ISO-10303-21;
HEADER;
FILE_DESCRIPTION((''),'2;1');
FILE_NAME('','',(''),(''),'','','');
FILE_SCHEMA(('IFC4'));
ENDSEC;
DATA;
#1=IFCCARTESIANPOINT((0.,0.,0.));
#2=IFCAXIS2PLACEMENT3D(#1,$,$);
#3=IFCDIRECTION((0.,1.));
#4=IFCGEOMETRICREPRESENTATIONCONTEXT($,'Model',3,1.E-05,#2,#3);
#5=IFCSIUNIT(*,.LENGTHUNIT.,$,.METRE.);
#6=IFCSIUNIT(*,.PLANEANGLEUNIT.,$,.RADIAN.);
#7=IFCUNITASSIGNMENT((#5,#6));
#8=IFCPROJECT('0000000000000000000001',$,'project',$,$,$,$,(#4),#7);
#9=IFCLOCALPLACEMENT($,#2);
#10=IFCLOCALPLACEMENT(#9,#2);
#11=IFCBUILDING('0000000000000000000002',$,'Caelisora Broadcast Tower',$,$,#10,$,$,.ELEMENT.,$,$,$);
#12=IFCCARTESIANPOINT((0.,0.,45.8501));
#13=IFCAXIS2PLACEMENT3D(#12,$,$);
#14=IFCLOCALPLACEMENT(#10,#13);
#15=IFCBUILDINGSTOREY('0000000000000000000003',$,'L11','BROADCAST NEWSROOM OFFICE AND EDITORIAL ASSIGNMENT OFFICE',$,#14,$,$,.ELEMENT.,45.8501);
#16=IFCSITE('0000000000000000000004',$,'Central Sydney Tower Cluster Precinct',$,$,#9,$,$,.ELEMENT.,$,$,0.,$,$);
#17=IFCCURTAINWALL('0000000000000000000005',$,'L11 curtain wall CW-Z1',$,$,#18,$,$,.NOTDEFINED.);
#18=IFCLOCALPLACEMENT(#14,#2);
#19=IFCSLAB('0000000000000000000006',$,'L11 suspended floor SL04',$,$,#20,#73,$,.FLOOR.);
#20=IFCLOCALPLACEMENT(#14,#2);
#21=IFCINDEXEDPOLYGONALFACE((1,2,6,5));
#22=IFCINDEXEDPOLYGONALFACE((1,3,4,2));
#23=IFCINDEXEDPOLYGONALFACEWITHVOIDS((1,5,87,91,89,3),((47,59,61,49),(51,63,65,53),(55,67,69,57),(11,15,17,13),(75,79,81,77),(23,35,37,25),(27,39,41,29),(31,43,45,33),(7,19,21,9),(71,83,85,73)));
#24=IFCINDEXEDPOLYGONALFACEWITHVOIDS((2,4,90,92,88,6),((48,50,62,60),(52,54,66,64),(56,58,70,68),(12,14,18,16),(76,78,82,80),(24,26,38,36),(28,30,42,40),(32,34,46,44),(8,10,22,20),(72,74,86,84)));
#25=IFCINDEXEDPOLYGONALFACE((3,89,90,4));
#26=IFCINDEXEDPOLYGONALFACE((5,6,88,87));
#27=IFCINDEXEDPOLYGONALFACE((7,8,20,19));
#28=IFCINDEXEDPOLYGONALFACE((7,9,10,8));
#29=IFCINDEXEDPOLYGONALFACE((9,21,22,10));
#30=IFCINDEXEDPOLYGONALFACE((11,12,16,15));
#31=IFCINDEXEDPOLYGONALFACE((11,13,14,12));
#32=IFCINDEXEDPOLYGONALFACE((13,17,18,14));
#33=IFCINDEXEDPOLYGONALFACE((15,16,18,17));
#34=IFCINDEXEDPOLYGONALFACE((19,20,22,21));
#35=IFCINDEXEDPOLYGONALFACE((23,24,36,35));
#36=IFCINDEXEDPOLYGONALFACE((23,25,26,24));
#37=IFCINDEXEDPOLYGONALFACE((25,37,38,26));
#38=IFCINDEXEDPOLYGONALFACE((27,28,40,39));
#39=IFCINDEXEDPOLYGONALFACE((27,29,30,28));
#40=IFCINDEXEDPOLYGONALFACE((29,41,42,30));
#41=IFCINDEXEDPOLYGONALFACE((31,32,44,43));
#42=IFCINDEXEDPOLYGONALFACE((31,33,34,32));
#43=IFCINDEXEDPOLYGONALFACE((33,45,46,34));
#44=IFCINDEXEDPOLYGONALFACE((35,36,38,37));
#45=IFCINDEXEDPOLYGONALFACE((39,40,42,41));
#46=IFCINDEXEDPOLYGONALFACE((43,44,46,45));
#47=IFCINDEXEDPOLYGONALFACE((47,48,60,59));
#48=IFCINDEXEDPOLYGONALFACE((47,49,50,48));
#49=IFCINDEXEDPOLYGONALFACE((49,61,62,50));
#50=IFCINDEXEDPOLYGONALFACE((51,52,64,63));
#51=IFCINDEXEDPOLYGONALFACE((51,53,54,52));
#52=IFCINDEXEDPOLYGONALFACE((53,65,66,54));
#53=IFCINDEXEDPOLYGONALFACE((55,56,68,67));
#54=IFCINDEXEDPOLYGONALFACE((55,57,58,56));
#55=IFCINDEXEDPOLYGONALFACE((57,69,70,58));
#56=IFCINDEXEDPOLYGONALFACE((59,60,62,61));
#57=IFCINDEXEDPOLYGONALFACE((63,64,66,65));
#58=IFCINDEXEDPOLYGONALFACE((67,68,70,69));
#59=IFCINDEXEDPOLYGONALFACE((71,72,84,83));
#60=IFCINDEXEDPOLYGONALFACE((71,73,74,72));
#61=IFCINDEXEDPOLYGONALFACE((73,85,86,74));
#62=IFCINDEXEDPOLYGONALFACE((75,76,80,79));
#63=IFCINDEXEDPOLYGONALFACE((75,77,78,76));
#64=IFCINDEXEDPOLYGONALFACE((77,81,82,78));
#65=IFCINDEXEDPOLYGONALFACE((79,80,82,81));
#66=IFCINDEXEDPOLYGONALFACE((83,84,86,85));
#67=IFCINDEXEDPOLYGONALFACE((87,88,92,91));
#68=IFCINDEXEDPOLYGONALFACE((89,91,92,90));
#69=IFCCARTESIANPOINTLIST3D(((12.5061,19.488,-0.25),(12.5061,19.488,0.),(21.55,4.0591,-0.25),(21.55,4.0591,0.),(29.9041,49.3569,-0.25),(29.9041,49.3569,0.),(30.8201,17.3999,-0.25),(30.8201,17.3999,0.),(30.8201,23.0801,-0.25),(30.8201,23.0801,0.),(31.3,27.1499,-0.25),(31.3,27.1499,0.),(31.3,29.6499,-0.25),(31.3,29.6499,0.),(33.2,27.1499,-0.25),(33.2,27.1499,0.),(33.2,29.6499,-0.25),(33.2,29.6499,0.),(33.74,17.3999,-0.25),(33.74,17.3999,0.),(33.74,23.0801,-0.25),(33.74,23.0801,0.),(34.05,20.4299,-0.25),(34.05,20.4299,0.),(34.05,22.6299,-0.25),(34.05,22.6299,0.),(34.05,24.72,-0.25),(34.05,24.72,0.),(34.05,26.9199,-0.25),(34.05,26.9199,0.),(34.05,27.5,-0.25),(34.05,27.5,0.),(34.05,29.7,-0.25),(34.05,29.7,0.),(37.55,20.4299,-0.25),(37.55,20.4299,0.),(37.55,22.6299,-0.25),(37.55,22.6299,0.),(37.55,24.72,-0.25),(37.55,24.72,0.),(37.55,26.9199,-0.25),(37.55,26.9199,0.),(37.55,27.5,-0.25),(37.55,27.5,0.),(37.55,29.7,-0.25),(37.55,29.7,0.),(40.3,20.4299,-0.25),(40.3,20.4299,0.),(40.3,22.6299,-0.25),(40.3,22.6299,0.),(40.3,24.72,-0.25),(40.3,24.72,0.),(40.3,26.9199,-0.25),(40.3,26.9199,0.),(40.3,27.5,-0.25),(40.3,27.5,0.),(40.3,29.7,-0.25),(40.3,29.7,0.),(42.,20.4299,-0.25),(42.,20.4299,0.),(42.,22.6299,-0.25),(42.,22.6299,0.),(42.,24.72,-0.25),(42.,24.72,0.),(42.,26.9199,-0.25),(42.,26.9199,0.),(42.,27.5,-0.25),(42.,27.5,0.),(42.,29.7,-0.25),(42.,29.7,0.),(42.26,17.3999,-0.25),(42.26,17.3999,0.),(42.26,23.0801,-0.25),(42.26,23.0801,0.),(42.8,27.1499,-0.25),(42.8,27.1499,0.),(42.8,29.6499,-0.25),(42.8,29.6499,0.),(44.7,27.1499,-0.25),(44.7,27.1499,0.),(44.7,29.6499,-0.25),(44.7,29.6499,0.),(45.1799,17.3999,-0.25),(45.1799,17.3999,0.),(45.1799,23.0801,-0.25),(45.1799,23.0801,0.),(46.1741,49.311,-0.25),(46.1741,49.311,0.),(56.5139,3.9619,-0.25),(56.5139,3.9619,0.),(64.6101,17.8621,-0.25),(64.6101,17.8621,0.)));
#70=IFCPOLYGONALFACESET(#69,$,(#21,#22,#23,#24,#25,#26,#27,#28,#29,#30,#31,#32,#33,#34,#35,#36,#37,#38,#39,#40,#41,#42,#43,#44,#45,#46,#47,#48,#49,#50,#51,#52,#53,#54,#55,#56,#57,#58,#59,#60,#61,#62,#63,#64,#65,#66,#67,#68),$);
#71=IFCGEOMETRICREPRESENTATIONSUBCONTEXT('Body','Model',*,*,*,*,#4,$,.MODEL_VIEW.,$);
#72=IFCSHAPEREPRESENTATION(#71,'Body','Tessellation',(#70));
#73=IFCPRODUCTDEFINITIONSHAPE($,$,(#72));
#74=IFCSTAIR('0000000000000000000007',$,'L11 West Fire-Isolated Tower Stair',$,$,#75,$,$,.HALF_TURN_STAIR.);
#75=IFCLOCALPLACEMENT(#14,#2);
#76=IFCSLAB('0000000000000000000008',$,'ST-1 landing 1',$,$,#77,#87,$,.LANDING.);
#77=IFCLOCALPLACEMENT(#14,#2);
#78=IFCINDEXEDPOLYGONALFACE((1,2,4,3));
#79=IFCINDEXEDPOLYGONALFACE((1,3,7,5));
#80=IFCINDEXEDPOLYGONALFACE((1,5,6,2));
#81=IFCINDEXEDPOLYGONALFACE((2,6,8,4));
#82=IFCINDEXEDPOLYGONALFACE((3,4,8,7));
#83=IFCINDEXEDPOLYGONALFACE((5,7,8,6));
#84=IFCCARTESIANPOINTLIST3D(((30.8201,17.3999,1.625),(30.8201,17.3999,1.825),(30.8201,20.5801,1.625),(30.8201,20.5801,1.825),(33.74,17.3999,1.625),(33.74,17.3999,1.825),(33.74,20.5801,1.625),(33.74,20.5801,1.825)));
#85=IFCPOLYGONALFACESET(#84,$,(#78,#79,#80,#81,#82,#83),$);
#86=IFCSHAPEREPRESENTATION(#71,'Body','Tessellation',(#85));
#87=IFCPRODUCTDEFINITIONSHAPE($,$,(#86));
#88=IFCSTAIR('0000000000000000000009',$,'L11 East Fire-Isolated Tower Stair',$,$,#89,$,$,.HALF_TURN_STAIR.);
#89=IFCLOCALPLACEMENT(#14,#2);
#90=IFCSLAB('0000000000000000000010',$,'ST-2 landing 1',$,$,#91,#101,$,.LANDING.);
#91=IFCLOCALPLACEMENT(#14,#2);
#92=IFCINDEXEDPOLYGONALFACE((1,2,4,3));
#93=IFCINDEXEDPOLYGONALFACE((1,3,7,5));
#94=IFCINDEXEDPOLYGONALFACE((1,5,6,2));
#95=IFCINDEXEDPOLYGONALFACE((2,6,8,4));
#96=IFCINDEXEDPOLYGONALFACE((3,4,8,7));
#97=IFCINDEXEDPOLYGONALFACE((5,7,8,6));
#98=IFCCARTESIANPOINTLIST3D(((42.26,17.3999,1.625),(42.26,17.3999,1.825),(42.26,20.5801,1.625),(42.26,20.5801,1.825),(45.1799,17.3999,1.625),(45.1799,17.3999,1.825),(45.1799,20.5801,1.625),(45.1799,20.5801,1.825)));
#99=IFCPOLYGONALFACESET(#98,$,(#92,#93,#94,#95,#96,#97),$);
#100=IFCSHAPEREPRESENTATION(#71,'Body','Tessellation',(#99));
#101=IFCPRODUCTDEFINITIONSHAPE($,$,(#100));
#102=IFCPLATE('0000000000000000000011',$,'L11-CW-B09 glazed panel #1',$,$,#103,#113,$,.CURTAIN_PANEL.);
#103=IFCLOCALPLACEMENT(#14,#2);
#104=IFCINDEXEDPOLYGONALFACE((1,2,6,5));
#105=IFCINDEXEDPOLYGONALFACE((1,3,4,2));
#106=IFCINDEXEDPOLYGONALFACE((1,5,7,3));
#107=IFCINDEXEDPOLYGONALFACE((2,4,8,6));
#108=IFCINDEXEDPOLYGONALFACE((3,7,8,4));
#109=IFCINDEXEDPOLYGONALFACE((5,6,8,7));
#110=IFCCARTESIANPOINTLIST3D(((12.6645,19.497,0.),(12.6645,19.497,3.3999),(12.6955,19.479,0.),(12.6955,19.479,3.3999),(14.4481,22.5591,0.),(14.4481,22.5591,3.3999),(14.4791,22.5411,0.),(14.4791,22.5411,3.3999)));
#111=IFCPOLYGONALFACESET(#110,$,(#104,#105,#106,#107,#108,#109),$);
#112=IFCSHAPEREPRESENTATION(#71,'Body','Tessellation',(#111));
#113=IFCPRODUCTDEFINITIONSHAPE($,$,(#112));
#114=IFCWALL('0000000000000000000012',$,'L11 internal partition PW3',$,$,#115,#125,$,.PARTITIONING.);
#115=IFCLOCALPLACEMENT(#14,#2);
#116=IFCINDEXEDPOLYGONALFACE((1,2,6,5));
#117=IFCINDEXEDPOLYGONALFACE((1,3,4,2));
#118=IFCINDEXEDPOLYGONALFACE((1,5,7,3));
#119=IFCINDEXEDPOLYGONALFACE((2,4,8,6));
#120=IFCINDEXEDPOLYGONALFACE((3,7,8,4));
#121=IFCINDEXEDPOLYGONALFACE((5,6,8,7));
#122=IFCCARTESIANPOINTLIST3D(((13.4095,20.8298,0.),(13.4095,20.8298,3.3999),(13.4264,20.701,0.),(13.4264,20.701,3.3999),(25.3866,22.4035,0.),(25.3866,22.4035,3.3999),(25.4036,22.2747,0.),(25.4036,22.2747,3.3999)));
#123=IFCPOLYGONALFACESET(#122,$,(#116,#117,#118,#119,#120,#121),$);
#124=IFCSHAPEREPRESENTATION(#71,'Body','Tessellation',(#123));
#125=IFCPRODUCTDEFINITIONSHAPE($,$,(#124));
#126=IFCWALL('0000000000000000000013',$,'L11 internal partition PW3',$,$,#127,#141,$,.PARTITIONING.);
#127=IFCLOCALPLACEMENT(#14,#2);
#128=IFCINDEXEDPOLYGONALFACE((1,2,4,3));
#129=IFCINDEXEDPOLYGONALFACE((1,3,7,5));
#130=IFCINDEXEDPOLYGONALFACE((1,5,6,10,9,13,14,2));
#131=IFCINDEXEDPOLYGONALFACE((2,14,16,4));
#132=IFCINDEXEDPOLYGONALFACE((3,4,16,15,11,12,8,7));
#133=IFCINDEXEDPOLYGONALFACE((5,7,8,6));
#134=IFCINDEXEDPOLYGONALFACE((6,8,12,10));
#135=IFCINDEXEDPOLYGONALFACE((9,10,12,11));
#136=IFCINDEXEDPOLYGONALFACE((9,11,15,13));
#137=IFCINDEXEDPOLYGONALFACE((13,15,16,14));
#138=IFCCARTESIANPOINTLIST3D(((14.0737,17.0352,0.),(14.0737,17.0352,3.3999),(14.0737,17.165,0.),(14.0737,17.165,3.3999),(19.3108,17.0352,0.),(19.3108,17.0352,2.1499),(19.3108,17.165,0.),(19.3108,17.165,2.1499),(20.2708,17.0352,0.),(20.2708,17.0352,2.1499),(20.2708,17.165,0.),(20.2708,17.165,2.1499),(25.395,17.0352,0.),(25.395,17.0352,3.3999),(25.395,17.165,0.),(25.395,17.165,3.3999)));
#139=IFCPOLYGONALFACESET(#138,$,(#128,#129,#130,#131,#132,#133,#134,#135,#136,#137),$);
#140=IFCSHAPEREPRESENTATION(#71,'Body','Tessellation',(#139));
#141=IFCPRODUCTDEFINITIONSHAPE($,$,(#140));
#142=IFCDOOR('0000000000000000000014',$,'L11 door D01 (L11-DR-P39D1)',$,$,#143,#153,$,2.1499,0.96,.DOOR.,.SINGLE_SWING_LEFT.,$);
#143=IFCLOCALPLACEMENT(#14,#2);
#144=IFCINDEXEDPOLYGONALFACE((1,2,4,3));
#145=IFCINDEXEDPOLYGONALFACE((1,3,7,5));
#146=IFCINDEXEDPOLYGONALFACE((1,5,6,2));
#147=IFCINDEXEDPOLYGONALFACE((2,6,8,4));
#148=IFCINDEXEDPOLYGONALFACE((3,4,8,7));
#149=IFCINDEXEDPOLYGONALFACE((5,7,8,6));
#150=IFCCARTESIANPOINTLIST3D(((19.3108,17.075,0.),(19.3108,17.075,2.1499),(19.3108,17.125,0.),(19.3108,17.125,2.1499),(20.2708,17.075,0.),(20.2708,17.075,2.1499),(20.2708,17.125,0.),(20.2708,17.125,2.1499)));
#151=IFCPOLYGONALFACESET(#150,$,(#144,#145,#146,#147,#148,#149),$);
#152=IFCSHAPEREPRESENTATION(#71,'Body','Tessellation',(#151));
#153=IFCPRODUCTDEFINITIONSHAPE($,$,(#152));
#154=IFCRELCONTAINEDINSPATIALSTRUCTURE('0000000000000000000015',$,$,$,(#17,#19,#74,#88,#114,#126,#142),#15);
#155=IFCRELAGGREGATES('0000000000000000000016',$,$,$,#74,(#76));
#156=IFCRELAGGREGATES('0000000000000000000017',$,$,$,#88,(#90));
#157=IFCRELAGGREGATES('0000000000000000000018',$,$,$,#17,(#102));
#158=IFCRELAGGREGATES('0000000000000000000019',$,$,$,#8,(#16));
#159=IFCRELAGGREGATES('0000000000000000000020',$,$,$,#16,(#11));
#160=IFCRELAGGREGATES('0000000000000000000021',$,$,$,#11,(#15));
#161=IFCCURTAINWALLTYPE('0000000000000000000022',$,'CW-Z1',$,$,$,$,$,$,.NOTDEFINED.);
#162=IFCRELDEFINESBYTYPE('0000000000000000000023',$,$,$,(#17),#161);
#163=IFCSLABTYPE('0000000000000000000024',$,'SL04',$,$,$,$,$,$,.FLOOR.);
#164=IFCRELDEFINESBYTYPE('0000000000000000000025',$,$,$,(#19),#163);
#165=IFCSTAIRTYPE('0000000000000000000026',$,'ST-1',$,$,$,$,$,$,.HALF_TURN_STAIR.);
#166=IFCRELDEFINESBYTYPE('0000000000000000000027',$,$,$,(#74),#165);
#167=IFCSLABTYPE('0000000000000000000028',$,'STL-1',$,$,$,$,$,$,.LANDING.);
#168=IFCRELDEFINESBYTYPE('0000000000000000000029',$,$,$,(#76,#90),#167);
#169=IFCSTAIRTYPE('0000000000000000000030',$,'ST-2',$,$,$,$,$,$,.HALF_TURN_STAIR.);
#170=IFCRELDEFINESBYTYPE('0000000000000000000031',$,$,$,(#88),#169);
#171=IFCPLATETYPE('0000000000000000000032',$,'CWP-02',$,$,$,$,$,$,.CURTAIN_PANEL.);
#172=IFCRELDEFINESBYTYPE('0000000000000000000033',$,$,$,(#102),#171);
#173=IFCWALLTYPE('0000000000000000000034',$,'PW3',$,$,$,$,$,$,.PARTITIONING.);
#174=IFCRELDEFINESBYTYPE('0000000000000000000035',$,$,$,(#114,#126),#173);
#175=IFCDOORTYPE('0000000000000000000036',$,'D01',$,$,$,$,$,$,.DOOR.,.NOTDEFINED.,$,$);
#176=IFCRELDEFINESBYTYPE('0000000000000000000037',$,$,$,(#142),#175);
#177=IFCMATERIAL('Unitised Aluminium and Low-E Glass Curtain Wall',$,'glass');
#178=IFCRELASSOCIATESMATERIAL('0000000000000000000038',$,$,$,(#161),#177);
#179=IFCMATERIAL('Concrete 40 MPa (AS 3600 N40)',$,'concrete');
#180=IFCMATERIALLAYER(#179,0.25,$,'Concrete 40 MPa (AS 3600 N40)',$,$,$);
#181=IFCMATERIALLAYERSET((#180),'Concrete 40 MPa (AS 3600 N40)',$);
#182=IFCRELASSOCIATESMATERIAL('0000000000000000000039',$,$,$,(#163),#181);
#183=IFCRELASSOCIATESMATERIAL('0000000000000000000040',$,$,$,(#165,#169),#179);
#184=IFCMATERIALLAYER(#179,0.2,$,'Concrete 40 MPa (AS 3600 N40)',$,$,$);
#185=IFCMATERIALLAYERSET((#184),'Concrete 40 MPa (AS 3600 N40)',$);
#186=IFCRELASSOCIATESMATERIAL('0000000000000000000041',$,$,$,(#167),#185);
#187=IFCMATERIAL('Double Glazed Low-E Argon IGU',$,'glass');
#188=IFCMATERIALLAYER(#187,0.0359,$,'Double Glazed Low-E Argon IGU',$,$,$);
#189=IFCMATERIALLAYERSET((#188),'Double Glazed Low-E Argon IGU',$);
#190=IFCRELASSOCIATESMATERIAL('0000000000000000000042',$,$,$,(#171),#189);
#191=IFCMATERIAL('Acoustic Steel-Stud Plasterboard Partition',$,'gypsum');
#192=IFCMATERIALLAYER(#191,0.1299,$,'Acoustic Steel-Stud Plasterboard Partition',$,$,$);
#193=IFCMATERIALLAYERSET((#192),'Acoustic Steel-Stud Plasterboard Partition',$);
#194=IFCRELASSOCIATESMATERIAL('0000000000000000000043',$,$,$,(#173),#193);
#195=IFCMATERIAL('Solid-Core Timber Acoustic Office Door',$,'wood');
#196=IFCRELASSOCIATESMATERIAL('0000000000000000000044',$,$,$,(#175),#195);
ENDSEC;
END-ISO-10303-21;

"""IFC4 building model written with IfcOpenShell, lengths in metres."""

from ifc_helpers import new_model, si_unit, direction, frame, frame_2d, origin, origin_2d, place, context, subcontext, project, spatial, polyline, rectangle, outline, extrude, source, transform, mapped, material, layer, layer_set, type_object, type_shapes, element, fill, aggregate, save


model = new_model("IFC4")

# Units and contexts
model_context = context("Model", 3, precision=1e-05, world=origin(), true_north=direction((0.0, 1.0)))
body_context = subcontext(model_context, "Body", "Model", "MODEL_VIEW")
ifc_project = project(units=[si_unit("LENGTHUNIT", "METRE"), si_unit("PLANEANGLEUNIT", "RADIAN")], contexts=[model_context])

# Site, building, storey
site_placement = place(None, origin())
site = spatial("IfcSite", under=ifc_project, at=site_placement, Name="Central Sydney Tower Cluster Precinct", CompositionType="ELEMENT", RefElevation=0.0)
building_placement = place(site_placement, origin())
building = spatial("IfcBuilding", under=site, at=building_placement, Name="Caelisora Broadcast Tower", CompositionType="ELEMENT")
storey_placement = place(building_placement, frame((0.0, 0.0, 45.8501)))
storey = spatial("IfcBuildingStorey", under=building, at=storey_placement, Name="L11", Description="BROADCAST NEWSROOM OFFICE AND EDITORIAL ASSIGNMENT OFFICE", CompositionType="ELEMENT", Elevation=45.8501)

# Curtain wall
ifc_material_1 = material(Name="Unitised Aluminium and Low-E Glass Curtain Wall", Category="glass")
curtain_wall_type = type_object("IfcCurtainWallType", Name="CW-Z1", PredefinedType="NOTDEFINED", material=ifc_material_1)
curtain_wall_placement = place(storey_placement, origin())
curtain_wall = element("IfcCurtainWall", 1, at=curtain_wall_placement, inside=storey, type_object=curtain_wall_type, Name="L11 curtain wall CW-Z1", PredefinedType="NOTDEFINED")

# Slab
ifc_material_2 = material(Name="Concrete 40 MPa (AS 3600 N40)", Category="concrete")
ifc_layer_1 = layer(ifc_material_2, 0.25, Name="Concrete 40 MPa (AS 3600 N40)")
ifc_layer_set_1 = layer_set([ifc_layer_1], Name="Concrete 40 MPa (AS 3600 N40)")
slab_type_1 = type_object("IfcSlabType", Name="SL04", PredefinedType="FLOOR", material=ifc_layer_set_1)
slab_1_placement = place(storey_placement, frame((0.0, 0.0, -0.25)))
element("IfcSlab", 2, at=slab_1_placement, inside=storey, type_object=slab_type_1, Name="L11 suspended floor SL04", PredefinedType="FLOOR", context=body_context, shape_type="SweptSolid", body=[
    extrude(outline(polyline([(46.1741, 49.311), (29.9041, 49.3569), (12.5061, 19.488), (21.55, 4.0591), (56.5139, 3.9619), (64.6101, 17.8621), (46.1741, 49.311)]), holes=[polyline([(30.8201, 17.3999), (33.74, 17.3999), (33.74, 23.0801), (30.8201, 23.0801), (30.8201, 17.3999)]), polyline([(42.26, 17.3999), (45.1799, 17.3999), (45.1799, 23.0801), (42.26, 23.0801), (42.26, 17.3999)]), polyline([(42.8, 27.1499), (44.7, 27.1499), (44.7, 29.6499), (42.8, 29.6499), (42.8, 27.1499)]), polyline([(40.3, 20.4299), (42.0, 20.4299), (42.0, 22.6299), (40.3, 22.6299), (40.3, 20.4299)]), polyline([(40.3, 24.72), (42.0, 24.72), (42.0, 26.9199), (40.3, 26.9199), (40.3, 24.72)]), polyline([(40.3, 27.5), (42.0, 27.5), (42.0, 29.7), (40.3, 29.7), (40.3, 27.5)]), polyline([(34.05, 20.4299), (37.55, 20.4299), (37.55, 22.6299), (34.05, 22.6299), (34.05, 20.4299)]), polyline([(34.05, 24.72), (37.55, 24.72), (37.55, 26.9199), (34.05, 26.9199), (34.05, 24.72)]), polyline([(34.05, 27.5), (37.55, 27.5), (37.55, 29.7), (34.05, 29.7), (34.05, 27.5)]), polyline([(31.3, 27.1499), (33.2, 27.1499), (33.2, 29.6499), (31.3, 29.6499), (31.3, 27.1499)])]), origin(), (0.0, 0.0, 1.0), 0.25),
])

# Stairs, slabs
stair_type_1 = type_object("IfcStairType", Name="ST-1", PredefinedType="HALF_TURN_STAIR", material=ifc_material_2)
stair_1_placement = place(storey_placement, origin())
stair_1 = element("IfcStair", 3, at=stair_1_placement, inside=storey, type_object=stair_type_1, Name="L11 West Fire-Isolated Tower Stair", PredefinedType="HALF_TURN_STAIR")
ifc_layer_2 = layer(ifc_material_2, 0.2, Name="Concrete 40 MPa (AS 3600 N40)")
ifc_layer_set_2 = layer_set([ifc_layer_2], Name="Concrete 40 MPa (AS 3600 N40)")
slab_type_2 = type_object("IfcSlabType", Name="STL-1", PredefinedType="LANDING", material=ifc_layer_set_2)
slab_2_placement = place(storey_placement, frame((0.0, 0.0, 1.625)))
slab_2 = element("IfcSlab", 4, at=slab_2_placement, type_object=slab_type_2, Name="ST-1 landing 1", PredefinedType="LANDING", context=body_context, shape_type="SweptSolid", body=[
    extrude(outline(polyline([(30.8201, 20.5801), (30.8201, 17.3999), (33.74, 17.3999), (33.74, 20.5801), (30.8201, 20.5801)])), origin(), (0.0, 0.0, 1.0), 0.2),
])
aggregate(stair_1, [slab_2])
stair_type_2 = type_object("IfcStairType", Name="ST-2", PredefinedType="HALF_TURN_STAIR", material=ifc_material_2)
stair_2_placement = place(storey_placement, origin())
stair_2 = element("IfcStair", 5, at=stair_2_placement, inside=storey, type_object=stair_type_2, Name="L11 East Fire-Isolated Tower Stair", PredefinedType="HALF_TURN_STAIR")
slab_3_placement = place(storey_placement, frame((0.0, 0.0, 1.625)))
slab_3 = element("IfcSlab", 6, at=slab_3_placement, type_object=slab_type_2, Name="ST-2 landing 1", PredefinedType="LANDING", context=body_context, shape_type="SweptSolid", body=[
    extrude(outline(polyline([(42.26, 20.5801), (42.26, 17.3999), (45.1799, 17.3999), (45.1799, 20.5801), (42.26, 20.5801)])), origin(), (0.0, 0.0, 1.0), 0.2),
])
aggregate(stair_2, [slab_3])

# Plate
ifc_material_3 = material(Name="Double Glazed Low-E Argon IGU", Category="glass")
ifc_layer_3 = layer(ifc_material_3, 0.0359, Name="Double Glazed Low-E Argon IGU")
ifc_layer_set_3 = layer_set([ifc_layer_3], Name="Double Glazed Low-E Argon IGU")
plate_type = type_object("IfcPlateType", Name="CWP-02", PredefinedType="CURTAIN_PANEL", material=ifc_layer_set_3)
shared_shape_1 = source(origin(), body_context, "Body", "SweptSolid", [
    extrude(rectangle(XDim=3.5437, YDim=0.0359, at=origin_2d()), origin(), (0.0, 0.0, 1.0), 3.3999),
])
type_shapes(plate_type, [shared_shape_1])
plate_placement = place(storey_placement, frame((13.5718, 21.019, 0.0), z_axis=(0.0, 0.0, 1.0), x_axis=(0.503322, 0.864099, 0.0)))
plate = element("IfcPlate", 7, at=plate_placement, type_object=plate_type, Name="L11-CW-B09 glazed panel #1", PredefinedType="CURTAIN_PANEL", context=body_context, shape_type="MappedRepresentation", body=[
    mapped(shared_shape_1, transform((0.0, 0.0, 0.0), scale=1.0)),
])
aggregate(curtain_wall, [plate])

# Wall
ifc_material_4 = material(Name="Acoustic Steel-Stud Plasterboard Partition", Category="gypsum")
ifc_layer_4 = layer(ifc_material_4, 0.1299, Name="Acoustic Steel-Stud Plasterboard Partition")
ifc_layer_set_4 = layer_set([ifc_layer_4], Name="Acoustic Steel-Stud Plasterboard Partition")
wall_type = type_object("IfcWallType", Name="PW3", PredefinedType="PARTITIONING", material=ifc_layer_set_4)
wall_1_placement = place(storey_placement, frame((13.418, 20.7654, 0.0), z_axis=(0.0, 0.0, 1.0), x_axis=(0.991478, 0.130276, 0.0)))
element("IfcWall", 8, at=wall_1_placement, inside=storey, type_object=wall_type, Name="L11 internal partition PW3", PredefinedType="PARTITIONING", context=body_context, shape_type="SweptSolid", body=[
    extrude(rectangle(XDim=12.0801, YDim=0.1299, at=frame_2d((6.04, 0.0))), origin(), (0.0, 0.0, 1.0), 3.3999),
])

# Wall, opening, door
wall_2_placement = place(storey_placement, frame((14.0737, 17.1001, 0.0), z_axis=(0.0, 0.0, 1.0), x_axis=(1.0, 0.0, 0.0)))
wall_2 = element("IfcWall", 9, at=wall_2_placement, inside=storey, type_object=wall_type, Name="L11 internal partition PW3", PredefinedType="PARTITIONING", context=body_context, shape_type="SweptSolid", body=[
    extrude(rectangle(XDim=11.3213, YDim=0.1299, at=frame_2d((5.6606, 0.0))), origin(), (0.0, 0.0, 1.0), 3.3999),
])
opening_1_placement = place(wall_2_placement, frame((5.2371, 0.0, 0.0)))
opening_1 = element("IfcOpeningElement", 10, at=opening_1_placement, cuts=wall_2, PredefinedType="OPENING", context=body_context, shape_type="SweptSolid", body=[
    extrude(rectangle(XDim=0.96, YDim=2.1499, at=frame_2d((0.48, 1.075))), frame((0.0, 0.0769, 0.0), z_axis=(0.0, -1.0, 0.0), x_axis=(1.0, 0.0, 0.0)), (0.0, 0.0, 1.0), 0.1538),
])
ifc_material_5 = material(Name="Solid-Core Timber Acoustic Office Door", Category="wood")
door_type = type_object("IfcDoorType", Name="D01", OperationType="NOTDEFINED", PredefinedType="DOOR", material=ifc_material_5)
door_1_placement = place(opening_1_placement, origin())
door_1 = element("IfcDoor", 11, at=door_1_placement, inside=storey, type_object=door_type, Name="L11 door D01 (L11-DR-P39D1)", OperationType="SINGLE_SWING_LEFT", OverallHeight=2.1499, OverallWidth=0.96, PredefinedType="DOOR", context=body_context, shape_type="SweptSolid", body=[
    extrude(rectangle(XDim=0.96, YDim=2.1499, at=frame_2d((0.48, 1.075))), frame((0.0, 0.0249, 0.0), z_axis=(0.0, -1.0, 0.0), x_axis=(1.0, 0.0, 0.0)), (0.0, 0.0, 1.0), 0.05),
])
fill(opening_1, door_1)

save(model, "model.ifc")
